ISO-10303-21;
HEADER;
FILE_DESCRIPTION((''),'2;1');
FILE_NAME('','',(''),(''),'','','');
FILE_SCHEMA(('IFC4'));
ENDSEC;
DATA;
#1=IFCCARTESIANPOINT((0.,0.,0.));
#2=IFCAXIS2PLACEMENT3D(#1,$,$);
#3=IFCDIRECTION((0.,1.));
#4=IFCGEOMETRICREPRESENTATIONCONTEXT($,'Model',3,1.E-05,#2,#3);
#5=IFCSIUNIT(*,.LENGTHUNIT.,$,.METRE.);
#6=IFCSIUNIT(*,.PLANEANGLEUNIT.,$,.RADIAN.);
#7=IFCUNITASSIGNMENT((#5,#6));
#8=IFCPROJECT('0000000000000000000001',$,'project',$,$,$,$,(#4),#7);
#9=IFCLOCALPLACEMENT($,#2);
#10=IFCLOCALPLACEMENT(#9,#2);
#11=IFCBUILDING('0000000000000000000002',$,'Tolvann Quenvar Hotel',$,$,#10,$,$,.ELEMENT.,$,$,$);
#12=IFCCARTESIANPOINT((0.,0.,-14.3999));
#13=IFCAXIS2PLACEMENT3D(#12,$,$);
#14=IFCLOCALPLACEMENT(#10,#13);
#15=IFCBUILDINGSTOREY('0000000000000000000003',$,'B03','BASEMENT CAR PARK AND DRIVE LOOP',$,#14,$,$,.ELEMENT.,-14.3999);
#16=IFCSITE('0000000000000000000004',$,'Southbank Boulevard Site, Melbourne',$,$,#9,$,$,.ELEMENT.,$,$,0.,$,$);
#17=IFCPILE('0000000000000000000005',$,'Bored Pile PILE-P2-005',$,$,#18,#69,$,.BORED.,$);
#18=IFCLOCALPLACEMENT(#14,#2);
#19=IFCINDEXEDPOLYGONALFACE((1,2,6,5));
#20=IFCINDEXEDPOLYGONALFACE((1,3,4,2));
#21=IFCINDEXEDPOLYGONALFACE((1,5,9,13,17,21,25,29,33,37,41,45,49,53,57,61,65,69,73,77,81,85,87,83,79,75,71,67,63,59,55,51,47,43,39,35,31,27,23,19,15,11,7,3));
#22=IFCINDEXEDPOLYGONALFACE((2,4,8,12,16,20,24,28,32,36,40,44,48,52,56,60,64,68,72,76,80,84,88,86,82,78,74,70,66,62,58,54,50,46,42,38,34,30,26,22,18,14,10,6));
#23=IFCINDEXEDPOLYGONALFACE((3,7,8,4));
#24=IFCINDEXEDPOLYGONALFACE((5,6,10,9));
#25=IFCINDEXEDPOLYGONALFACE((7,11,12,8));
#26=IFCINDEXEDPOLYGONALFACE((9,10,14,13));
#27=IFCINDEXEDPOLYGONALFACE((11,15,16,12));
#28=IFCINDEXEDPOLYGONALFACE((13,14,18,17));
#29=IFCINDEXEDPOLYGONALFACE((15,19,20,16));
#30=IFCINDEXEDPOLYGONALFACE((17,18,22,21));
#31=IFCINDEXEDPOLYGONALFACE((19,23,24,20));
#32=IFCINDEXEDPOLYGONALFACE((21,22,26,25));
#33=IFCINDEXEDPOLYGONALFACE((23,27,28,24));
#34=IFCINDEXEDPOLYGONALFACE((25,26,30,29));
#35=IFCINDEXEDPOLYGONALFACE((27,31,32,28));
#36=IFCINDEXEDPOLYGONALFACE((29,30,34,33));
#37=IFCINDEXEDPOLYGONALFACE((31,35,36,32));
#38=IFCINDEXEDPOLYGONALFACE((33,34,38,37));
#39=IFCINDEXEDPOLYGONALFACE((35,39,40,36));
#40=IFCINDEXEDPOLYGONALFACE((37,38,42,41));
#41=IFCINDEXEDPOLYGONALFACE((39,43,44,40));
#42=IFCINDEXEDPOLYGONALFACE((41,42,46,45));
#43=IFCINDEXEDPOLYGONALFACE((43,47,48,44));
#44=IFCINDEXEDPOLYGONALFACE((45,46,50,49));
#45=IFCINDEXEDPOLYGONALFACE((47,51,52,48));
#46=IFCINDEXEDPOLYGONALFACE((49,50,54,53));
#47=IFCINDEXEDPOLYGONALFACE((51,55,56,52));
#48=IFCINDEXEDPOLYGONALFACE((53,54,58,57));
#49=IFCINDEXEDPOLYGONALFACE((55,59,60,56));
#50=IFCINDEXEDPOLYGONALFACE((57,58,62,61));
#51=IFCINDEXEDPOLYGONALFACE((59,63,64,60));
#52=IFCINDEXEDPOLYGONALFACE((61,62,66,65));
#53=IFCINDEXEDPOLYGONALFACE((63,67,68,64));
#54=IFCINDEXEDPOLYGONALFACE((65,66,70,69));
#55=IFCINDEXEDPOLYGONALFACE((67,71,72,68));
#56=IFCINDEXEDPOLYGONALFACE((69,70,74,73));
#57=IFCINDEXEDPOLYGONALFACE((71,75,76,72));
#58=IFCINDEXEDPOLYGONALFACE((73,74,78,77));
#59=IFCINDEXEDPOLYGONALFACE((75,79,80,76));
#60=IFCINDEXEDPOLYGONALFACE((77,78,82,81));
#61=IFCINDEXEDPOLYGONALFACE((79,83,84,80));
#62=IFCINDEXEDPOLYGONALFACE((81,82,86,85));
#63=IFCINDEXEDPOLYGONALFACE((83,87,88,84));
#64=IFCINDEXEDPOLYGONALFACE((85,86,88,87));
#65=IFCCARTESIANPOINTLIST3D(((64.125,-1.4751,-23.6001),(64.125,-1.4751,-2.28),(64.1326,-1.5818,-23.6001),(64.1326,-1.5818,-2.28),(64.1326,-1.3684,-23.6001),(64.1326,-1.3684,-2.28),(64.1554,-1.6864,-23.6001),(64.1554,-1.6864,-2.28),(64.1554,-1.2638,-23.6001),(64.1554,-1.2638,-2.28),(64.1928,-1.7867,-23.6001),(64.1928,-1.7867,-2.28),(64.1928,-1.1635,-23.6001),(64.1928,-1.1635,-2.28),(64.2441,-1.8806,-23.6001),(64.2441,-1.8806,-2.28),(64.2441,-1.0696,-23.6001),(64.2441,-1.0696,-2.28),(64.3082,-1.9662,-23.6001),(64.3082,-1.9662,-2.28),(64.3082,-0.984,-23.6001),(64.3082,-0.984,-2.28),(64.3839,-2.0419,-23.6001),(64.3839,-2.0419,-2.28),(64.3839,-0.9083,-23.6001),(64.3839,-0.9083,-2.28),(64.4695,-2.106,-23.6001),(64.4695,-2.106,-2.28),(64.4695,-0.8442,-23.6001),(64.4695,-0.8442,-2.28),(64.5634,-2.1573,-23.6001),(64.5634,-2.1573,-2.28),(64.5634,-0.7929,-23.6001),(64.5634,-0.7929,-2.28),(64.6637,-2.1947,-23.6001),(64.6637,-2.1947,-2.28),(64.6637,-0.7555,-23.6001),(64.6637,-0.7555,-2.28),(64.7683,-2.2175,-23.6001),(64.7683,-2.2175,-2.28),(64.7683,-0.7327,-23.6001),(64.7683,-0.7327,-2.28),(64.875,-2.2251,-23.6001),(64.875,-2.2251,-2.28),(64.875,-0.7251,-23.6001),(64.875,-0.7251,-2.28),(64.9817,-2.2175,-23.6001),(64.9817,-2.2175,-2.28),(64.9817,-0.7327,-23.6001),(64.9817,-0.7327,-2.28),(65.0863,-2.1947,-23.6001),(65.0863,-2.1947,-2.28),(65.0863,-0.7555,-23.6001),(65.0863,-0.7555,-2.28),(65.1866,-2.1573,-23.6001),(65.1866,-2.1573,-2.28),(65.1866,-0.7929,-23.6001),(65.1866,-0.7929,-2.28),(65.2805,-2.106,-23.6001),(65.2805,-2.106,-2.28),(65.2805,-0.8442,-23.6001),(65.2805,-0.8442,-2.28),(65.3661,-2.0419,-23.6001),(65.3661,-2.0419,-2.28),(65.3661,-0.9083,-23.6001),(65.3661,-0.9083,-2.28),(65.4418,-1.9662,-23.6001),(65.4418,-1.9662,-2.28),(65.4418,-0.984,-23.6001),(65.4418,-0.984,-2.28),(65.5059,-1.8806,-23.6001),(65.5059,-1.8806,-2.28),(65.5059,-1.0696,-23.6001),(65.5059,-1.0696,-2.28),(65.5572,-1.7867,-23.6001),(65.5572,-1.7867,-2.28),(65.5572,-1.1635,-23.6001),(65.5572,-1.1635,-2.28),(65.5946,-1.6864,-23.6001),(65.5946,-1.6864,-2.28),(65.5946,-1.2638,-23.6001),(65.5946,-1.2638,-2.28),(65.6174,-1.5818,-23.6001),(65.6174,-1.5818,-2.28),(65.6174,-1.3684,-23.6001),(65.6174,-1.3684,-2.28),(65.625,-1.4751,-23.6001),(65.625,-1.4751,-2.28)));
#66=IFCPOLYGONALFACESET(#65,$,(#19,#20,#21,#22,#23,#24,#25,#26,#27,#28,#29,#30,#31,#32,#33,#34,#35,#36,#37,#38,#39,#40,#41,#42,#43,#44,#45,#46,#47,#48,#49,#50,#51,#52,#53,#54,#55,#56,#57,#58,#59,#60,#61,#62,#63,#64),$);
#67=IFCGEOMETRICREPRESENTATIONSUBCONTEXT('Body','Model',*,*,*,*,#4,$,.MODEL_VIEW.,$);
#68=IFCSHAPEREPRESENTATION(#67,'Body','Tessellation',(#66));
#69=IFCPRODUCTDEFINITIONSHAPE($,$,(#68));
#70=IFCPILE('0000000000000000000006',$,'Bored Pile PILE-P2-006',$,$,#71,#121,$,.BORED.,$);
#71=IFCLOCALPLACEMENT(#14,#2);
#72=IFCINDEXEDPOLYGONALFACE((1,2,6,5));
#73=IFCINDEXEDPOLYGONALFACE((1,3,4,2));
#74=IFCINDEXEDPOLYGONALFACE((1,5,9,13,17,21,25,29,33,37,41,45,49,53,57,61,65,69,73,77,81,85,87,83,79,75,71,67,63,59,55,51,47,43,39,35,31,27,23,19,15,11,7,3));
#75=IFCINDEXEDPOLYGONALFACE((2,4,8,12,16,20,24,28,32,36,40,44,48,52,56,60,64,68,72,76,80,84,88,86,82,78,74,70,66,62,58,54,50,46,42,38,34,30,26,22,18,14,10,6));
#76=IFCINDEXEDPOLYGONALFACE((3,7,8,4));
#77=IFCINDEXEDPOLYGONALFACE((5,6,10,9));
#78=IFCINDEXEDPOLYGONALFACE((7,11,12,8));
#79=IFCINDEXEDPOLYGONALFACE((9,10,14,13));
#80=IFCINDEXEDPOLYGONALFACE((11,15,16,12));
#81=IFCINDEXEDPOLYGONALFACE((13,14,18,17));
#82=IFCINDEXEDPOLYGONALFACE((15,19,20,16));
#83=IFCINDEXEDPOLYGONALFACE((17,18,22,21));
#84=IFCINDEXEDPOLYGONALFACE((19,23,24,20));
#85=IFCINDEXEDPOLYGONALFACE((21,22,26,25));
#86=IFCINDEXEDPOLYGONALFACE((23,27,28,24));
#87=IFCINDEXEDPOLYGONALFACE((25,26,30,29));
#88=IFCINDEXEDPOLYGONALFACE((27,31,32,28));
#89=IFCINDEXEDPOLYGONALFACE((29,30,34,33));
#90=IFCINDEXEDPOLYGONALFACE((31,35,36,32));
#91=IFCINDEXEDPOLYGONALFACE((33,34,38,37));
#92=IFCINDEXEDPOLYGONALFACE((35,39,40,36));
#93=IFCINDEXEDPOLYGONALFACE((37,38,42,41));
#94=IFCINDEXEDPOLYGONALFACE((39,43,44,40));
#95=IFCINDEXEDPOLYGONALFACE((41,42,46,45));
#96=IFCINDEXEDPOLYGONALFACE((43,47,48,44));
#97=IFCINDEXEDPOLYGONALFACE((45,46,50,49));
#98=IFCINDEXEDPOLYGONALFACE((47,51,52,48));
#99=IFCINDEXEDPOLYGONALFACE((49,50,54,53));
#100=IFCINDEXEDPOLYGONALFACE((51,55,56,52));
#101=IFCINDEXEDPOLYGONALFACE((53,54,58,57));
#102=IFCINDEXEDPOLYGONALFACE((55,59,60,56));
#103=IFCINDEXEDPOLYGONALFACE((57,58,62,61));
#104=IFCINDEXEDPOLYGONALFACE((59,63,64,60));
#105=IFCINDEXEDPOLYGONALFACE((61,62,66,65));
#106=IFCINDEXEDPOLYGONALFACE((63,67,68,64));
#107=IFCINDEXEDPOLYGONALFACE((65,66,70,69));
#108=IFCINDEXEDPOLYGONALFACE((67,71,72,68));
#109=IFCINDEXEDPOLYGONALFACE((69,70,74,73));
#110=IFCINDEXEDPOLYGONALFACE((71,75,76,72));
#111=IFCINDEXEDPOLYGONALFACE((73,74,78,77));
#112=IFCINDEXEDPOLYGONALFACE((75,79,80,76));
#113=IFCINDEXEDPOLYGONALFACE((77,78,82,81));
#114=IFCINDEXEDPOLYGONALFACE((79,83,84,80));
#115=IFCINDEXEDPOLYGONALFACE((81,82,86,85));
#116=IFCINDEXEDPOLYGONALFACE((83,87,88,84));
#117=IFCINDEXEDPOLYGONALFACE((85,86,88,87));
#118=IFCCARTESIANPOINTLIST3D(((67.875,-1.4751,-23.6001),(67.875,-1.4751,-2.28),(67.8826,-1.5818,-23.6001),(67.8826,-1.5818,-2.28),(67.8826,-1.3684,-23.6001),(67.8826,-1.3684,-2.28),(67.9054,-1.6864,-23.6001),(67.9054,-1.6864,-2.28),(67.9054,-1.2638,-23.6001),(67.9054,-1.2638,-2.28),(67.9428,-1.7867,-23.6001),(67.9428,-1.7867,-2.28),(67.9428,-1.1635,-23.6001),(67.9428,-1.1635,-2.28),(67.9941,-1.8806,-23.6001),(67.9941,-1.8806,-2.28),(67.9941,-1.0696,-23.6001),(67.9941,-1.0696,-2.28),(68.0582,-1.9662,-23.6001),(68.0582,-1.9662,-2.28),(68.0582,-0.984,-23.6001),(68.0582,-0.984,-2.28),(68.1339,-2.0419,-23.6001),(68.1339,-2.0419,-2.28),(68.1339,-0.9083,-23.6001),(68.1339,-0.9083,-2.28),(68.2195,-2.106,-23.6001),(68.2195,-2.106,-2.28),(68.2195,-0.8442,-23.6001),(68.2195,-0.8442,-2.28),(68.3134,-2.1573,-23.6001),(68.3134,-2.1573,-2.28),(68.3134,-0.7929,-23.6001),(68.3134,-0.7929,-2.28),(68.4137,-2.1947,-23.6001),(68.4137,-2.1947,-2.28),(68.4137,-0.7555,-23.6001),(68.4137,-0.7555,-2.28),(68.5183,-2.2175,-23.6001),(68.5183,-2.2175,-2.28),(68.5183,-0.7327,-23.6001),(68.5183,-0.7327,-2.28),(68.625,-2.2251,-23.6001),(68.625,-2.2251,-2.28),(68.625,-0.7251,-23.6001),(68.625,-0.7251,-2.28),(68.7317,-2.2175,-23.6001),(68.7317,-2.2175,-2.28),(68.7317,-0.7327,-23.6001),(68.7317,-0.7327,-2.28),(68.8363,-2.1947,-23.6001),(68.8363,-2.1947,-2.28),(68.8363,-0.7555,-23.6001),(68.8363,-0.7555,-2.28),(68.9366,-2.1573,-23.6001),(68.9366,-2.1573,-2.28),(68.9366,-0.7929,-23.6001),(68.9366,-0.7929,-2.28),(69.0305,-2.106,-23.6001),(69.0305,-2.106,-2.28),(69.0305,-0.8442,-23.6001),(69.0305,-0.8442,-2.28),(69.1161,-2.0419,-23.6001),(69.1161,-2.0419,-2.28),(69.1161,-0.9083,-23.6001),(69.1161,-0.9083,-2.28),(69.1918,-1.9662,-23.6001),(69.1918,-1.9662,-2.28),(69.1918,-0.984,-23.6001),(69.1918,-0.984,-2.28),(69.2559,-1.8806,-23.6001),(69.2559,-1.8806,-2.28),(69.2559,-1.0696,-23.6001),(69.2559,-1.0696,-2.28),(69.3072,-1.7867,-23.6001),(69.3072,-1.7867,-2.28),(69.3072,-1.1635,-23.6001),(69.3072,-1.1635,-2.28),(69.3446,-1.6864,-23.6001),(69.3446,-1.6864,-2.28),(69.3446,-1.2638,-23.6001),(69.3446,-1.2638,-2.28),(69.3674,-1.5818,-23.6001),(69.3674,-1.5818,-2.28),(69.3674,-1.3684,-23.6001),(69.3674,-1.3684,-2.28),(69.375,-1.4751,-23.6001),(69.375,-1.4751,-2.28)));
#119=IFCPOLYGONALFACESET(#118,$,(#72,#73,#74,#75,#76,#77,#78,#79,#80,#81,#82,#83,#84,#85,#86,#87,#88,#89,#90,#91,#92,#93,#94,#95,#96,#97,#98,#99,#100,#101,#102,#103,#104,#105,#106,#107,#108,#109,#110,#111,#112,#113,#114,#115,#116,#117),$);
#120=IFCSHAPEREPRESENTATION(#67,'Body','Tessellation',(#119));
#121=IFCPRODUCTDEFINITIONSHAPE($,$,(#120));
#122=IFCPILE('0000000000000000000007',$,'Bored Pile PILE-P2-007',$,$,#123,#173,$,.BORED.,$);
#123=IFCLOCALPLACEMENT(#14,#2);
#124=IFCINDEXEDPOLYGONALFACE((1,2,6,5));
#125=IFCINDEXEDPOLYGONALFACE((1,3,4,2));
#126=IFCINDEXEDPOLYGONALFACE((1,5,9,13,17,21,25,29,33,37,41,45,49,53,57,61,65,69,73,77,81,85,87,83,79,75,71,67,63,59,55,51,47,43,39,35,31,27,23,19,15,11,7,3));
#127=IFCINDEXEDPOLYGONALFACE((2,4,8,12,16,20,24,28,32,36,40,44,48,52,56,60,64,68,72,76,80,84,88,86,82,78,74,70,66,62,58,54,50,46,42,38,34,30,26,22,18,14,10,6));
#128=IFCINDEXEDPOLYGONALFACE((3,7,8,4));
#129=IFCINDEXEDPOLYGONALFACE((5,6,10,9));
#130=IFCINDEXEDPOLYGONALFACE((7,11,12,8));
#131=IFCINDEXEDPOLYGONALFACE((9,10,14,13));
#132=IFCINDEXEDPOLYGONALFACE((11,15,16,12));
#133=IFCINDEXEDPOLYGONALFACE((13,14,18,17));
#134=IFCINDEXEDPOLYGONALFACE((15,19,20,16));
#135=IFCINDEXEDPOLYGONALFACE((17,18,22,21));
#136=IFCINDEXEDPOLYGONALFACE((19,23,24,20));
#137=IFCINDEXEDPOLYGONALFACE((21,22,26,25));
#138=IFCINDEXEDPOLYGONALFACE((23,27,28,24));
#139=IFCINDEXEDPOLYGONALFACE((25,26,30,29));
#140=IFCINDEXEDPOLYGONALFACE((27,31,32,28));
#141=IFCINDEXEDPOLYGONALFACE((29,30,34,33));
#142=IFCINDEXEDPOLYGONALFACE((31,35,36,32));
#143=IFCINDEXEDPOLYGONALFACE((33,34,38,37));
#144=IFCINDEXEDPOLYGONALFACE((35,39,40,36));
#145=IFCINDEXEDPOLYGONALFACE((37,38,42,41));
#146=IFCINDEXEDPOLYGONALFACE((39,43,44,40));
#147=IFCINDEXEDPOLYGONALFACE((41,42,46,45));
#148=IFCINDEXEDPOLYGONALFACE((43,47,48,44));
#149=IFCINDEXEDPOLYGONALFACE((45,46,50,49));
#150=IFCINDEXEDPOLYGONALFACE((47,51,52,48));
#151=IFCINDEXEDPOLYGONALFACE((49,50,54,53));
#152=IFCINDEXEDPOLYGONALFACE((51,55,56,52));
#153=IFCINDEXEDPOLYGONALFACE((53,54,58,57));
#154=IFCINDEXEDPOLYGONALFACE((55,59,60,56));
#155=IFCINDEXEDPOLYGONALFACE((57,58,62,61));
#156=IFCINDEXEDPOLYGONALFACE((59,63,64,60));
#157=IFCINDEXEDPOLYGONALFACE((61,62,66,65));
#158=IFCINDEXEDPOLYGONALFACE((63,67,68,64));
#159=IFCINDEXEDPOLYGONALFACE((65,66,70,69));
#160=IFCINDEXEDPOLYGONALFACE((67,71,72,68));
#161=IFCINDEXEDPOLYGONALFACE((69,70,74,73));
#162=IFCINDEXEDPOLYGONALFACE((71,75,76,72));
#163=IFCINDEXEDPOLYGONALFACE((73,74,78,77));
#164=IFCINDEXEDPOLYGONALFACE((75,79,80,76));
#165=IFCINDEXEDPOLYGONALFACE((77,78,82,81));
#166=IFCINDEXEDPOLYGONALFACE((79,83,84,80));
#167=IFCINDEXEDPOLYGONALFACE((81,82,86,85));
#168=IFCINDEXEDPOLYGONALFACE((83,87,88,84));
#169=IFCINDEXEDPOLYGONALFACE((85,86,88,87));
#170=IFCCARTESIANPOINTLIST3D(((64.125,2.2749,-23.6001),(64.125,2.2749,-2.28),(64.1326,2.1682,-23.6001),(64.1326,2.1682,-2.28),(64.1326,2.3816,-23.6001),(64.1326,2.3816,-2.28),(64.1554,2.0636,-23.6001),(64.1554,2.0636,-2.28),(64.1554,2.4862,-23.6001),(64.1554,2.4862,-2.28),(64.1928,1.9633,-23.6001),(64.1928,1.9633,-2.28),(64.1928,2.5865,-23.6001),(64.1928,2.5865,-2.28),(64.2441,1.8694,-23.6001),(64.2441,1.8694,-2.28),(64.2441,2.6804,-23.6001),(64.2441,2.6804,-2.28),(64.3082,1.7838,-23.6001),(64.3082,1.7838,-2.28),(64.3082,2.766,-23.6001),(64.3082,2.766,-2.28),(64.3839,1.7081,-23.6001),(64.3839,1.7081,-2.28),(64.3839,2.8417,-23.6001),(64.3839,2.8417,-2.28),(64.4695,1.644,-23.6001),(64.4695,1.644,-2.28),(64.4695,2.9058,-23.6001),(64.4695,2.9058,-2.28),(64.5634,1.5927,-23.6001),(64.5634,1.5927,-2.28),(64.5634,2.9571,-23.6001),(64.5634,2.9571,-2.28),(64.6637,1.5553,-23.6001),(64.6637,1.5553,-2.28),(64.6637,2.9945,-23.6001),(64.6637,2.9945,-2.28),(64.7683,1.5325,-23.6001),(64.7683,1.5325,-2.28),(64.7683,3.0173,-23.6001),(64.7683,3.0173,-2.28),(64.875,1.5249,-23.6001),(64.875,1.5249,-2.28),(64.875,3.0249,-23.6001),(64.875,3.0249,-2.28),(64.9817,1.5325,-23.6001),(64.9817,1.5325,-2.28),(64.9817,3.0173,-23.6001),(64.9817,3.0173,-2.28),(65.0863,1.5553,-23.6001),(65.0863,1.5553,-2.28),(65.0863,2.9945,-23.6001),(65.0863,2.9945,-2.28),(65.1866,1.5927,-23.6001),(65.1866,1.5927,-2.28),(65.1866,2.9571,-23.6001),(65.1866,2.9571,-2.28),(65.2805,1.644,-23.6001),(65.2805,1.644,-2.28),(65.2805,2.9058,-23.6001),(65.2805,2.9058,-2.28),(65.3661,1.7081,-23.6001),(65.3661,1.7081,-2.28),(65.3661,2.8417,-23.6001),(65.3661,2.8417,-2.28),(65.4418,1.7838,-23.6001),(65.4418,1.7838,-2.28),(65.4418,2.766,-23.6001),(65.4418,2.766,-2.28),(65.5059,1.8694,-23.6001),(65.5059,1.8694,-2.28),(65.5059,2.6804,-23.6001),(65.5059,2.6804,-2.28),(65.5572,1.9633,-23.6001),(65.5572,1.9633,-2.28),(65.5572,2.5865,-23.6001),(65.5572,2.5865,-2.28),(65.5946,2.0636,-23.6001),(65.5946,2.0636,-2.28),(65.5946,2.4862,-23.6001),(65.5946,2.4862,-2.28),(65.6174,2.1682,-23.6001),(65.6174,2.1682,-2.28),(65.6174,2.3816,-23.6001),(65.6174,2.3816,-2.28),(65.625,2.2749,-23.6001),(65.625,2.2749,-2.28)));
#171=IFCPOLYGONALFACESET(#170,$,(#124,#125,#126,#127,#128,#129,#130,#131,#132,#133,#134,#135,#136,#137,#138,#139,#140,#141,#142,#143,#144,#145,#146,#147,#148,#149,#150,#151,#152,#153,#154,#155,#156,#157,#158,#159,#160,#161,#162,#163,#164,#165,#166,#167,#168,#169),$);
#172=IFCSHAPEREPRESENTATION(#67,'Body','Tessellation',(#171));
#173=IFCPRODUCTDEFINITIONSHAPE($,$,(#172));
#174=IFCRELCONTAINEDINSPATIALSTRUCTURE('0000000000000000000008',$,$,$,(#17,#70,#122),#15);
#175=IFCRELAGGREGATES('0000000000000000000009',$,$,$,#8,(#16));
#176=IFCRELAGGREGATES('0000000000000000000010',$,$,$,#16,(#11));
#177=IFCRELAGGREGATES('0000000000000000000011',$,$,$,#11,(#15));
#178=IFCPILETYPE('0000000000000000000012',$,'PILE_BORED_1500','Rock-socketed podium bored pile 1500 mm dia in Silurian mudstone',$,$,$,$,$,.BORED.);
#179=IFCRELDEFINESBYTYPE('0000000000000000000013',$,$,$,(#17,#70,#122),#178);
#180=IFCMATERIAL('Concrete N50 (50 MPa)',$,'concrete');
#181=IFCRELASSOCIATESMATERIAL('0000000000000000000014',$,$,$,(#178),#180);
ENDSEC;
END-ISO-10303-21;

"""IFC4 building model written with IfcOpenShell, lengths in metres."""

from ifc_helpers import new_model, si_unit, direction, frame, origin, origin_2d, place, context, subcontext, project, spatial, circle, extrude, material, material_profile, profile_set, type_object, element, save


model = new_model("IFC4")

# Units and contexts
model_context = context("Model", 3, precision=1e-05, world=origin(), true_north=direction((0.0, 1.0)))
body_context = subcontext(model_context, "Body", "Model", "MODEL_VIEW")
ifc_project = project(units=[si_unit("LENGTHUNIT", "METRE"), si_unit("PLANEANGLEUNIT", "RADIAN")], contexts=[model_context])

# Site, building, storey
site_placement = place(None, origin())
site = spatial("IfcSite", under=ifc_project, at=site_placement, Name="Southbank Boulevard Site, Melbourne", CompositionType="ELEMENT", RefElevation=0.0)
building_placement = place(site_placement, origin())
building = spatial("IfcBuilding", under=site, at=building_placement, Name="Tolvann Quenvar Hotel", CompositionType="ELEMENT")
storey_placement = place(building_placement, frame((0.0, 0.0, -14.3999)))
storey = spatial("IfcBuildingStorey", under=building, at=storey_placement, Name="B03", Description="BASEMENT CAR PARK AND DRIVE LOOP", CompositionType="ELEMENT", Elevation=-14.3999)

# Piles
ifc_material_1 = material(Name="Concrete N50 (50 MPa)", Category="concrete")
ifc_material_profile_1 = material_profile(ifc_material_1, circle(Radius=0.75, at=origin_2d()), Name="PILE1500")
ifc_profile_set_1 = profile_set([ifc_material_profile_1], Name="Concrete N50 (50 MPa)")
pile_type_1 = type_object("IfcPileType", Name="PILE_BORED_1500", Description="Rock-socketed podium bored pile 1500 mm dia in Silurian mudstone", PredefinedType="BORED", material=ifc_profile_set_1)
for number, where, z_axis, x_axis, name in (
    (1, (64.875, -1.4751, -2.28), (0.0, 0.0, -1.0), (1.0, 0.0, 0.0), "Bored Pile PILE-P2-005"),
    (2, (68.625, -1.4751, -2.28), (0.0, 0.0, -1.0), (1.0, 0.0, 0.0), "Bored Pile PILE-P2-006"),
    (3, (64.875, 2.2749, -2.28), (0.0, 0.0, -1.0), (1.0, 0.0, 0.0), "Bored Pile PILE-P2-007"),
):
    element("IfcPile", number, at=place(storey_placement, frame(where, z_axis=z_axis, x_axis=x_axis)), inside=storey, type_object=pile_type_1, Name=name, PredefinedType="BORED", context=body_context, shape_type="SweptSolid", body=[
        extrude(circle(Radius=0.75, at=origin_2d()), origin(), (0.0, 0.0, 1.0), 21.3201),
    ])

save(model, "model.ifc")
